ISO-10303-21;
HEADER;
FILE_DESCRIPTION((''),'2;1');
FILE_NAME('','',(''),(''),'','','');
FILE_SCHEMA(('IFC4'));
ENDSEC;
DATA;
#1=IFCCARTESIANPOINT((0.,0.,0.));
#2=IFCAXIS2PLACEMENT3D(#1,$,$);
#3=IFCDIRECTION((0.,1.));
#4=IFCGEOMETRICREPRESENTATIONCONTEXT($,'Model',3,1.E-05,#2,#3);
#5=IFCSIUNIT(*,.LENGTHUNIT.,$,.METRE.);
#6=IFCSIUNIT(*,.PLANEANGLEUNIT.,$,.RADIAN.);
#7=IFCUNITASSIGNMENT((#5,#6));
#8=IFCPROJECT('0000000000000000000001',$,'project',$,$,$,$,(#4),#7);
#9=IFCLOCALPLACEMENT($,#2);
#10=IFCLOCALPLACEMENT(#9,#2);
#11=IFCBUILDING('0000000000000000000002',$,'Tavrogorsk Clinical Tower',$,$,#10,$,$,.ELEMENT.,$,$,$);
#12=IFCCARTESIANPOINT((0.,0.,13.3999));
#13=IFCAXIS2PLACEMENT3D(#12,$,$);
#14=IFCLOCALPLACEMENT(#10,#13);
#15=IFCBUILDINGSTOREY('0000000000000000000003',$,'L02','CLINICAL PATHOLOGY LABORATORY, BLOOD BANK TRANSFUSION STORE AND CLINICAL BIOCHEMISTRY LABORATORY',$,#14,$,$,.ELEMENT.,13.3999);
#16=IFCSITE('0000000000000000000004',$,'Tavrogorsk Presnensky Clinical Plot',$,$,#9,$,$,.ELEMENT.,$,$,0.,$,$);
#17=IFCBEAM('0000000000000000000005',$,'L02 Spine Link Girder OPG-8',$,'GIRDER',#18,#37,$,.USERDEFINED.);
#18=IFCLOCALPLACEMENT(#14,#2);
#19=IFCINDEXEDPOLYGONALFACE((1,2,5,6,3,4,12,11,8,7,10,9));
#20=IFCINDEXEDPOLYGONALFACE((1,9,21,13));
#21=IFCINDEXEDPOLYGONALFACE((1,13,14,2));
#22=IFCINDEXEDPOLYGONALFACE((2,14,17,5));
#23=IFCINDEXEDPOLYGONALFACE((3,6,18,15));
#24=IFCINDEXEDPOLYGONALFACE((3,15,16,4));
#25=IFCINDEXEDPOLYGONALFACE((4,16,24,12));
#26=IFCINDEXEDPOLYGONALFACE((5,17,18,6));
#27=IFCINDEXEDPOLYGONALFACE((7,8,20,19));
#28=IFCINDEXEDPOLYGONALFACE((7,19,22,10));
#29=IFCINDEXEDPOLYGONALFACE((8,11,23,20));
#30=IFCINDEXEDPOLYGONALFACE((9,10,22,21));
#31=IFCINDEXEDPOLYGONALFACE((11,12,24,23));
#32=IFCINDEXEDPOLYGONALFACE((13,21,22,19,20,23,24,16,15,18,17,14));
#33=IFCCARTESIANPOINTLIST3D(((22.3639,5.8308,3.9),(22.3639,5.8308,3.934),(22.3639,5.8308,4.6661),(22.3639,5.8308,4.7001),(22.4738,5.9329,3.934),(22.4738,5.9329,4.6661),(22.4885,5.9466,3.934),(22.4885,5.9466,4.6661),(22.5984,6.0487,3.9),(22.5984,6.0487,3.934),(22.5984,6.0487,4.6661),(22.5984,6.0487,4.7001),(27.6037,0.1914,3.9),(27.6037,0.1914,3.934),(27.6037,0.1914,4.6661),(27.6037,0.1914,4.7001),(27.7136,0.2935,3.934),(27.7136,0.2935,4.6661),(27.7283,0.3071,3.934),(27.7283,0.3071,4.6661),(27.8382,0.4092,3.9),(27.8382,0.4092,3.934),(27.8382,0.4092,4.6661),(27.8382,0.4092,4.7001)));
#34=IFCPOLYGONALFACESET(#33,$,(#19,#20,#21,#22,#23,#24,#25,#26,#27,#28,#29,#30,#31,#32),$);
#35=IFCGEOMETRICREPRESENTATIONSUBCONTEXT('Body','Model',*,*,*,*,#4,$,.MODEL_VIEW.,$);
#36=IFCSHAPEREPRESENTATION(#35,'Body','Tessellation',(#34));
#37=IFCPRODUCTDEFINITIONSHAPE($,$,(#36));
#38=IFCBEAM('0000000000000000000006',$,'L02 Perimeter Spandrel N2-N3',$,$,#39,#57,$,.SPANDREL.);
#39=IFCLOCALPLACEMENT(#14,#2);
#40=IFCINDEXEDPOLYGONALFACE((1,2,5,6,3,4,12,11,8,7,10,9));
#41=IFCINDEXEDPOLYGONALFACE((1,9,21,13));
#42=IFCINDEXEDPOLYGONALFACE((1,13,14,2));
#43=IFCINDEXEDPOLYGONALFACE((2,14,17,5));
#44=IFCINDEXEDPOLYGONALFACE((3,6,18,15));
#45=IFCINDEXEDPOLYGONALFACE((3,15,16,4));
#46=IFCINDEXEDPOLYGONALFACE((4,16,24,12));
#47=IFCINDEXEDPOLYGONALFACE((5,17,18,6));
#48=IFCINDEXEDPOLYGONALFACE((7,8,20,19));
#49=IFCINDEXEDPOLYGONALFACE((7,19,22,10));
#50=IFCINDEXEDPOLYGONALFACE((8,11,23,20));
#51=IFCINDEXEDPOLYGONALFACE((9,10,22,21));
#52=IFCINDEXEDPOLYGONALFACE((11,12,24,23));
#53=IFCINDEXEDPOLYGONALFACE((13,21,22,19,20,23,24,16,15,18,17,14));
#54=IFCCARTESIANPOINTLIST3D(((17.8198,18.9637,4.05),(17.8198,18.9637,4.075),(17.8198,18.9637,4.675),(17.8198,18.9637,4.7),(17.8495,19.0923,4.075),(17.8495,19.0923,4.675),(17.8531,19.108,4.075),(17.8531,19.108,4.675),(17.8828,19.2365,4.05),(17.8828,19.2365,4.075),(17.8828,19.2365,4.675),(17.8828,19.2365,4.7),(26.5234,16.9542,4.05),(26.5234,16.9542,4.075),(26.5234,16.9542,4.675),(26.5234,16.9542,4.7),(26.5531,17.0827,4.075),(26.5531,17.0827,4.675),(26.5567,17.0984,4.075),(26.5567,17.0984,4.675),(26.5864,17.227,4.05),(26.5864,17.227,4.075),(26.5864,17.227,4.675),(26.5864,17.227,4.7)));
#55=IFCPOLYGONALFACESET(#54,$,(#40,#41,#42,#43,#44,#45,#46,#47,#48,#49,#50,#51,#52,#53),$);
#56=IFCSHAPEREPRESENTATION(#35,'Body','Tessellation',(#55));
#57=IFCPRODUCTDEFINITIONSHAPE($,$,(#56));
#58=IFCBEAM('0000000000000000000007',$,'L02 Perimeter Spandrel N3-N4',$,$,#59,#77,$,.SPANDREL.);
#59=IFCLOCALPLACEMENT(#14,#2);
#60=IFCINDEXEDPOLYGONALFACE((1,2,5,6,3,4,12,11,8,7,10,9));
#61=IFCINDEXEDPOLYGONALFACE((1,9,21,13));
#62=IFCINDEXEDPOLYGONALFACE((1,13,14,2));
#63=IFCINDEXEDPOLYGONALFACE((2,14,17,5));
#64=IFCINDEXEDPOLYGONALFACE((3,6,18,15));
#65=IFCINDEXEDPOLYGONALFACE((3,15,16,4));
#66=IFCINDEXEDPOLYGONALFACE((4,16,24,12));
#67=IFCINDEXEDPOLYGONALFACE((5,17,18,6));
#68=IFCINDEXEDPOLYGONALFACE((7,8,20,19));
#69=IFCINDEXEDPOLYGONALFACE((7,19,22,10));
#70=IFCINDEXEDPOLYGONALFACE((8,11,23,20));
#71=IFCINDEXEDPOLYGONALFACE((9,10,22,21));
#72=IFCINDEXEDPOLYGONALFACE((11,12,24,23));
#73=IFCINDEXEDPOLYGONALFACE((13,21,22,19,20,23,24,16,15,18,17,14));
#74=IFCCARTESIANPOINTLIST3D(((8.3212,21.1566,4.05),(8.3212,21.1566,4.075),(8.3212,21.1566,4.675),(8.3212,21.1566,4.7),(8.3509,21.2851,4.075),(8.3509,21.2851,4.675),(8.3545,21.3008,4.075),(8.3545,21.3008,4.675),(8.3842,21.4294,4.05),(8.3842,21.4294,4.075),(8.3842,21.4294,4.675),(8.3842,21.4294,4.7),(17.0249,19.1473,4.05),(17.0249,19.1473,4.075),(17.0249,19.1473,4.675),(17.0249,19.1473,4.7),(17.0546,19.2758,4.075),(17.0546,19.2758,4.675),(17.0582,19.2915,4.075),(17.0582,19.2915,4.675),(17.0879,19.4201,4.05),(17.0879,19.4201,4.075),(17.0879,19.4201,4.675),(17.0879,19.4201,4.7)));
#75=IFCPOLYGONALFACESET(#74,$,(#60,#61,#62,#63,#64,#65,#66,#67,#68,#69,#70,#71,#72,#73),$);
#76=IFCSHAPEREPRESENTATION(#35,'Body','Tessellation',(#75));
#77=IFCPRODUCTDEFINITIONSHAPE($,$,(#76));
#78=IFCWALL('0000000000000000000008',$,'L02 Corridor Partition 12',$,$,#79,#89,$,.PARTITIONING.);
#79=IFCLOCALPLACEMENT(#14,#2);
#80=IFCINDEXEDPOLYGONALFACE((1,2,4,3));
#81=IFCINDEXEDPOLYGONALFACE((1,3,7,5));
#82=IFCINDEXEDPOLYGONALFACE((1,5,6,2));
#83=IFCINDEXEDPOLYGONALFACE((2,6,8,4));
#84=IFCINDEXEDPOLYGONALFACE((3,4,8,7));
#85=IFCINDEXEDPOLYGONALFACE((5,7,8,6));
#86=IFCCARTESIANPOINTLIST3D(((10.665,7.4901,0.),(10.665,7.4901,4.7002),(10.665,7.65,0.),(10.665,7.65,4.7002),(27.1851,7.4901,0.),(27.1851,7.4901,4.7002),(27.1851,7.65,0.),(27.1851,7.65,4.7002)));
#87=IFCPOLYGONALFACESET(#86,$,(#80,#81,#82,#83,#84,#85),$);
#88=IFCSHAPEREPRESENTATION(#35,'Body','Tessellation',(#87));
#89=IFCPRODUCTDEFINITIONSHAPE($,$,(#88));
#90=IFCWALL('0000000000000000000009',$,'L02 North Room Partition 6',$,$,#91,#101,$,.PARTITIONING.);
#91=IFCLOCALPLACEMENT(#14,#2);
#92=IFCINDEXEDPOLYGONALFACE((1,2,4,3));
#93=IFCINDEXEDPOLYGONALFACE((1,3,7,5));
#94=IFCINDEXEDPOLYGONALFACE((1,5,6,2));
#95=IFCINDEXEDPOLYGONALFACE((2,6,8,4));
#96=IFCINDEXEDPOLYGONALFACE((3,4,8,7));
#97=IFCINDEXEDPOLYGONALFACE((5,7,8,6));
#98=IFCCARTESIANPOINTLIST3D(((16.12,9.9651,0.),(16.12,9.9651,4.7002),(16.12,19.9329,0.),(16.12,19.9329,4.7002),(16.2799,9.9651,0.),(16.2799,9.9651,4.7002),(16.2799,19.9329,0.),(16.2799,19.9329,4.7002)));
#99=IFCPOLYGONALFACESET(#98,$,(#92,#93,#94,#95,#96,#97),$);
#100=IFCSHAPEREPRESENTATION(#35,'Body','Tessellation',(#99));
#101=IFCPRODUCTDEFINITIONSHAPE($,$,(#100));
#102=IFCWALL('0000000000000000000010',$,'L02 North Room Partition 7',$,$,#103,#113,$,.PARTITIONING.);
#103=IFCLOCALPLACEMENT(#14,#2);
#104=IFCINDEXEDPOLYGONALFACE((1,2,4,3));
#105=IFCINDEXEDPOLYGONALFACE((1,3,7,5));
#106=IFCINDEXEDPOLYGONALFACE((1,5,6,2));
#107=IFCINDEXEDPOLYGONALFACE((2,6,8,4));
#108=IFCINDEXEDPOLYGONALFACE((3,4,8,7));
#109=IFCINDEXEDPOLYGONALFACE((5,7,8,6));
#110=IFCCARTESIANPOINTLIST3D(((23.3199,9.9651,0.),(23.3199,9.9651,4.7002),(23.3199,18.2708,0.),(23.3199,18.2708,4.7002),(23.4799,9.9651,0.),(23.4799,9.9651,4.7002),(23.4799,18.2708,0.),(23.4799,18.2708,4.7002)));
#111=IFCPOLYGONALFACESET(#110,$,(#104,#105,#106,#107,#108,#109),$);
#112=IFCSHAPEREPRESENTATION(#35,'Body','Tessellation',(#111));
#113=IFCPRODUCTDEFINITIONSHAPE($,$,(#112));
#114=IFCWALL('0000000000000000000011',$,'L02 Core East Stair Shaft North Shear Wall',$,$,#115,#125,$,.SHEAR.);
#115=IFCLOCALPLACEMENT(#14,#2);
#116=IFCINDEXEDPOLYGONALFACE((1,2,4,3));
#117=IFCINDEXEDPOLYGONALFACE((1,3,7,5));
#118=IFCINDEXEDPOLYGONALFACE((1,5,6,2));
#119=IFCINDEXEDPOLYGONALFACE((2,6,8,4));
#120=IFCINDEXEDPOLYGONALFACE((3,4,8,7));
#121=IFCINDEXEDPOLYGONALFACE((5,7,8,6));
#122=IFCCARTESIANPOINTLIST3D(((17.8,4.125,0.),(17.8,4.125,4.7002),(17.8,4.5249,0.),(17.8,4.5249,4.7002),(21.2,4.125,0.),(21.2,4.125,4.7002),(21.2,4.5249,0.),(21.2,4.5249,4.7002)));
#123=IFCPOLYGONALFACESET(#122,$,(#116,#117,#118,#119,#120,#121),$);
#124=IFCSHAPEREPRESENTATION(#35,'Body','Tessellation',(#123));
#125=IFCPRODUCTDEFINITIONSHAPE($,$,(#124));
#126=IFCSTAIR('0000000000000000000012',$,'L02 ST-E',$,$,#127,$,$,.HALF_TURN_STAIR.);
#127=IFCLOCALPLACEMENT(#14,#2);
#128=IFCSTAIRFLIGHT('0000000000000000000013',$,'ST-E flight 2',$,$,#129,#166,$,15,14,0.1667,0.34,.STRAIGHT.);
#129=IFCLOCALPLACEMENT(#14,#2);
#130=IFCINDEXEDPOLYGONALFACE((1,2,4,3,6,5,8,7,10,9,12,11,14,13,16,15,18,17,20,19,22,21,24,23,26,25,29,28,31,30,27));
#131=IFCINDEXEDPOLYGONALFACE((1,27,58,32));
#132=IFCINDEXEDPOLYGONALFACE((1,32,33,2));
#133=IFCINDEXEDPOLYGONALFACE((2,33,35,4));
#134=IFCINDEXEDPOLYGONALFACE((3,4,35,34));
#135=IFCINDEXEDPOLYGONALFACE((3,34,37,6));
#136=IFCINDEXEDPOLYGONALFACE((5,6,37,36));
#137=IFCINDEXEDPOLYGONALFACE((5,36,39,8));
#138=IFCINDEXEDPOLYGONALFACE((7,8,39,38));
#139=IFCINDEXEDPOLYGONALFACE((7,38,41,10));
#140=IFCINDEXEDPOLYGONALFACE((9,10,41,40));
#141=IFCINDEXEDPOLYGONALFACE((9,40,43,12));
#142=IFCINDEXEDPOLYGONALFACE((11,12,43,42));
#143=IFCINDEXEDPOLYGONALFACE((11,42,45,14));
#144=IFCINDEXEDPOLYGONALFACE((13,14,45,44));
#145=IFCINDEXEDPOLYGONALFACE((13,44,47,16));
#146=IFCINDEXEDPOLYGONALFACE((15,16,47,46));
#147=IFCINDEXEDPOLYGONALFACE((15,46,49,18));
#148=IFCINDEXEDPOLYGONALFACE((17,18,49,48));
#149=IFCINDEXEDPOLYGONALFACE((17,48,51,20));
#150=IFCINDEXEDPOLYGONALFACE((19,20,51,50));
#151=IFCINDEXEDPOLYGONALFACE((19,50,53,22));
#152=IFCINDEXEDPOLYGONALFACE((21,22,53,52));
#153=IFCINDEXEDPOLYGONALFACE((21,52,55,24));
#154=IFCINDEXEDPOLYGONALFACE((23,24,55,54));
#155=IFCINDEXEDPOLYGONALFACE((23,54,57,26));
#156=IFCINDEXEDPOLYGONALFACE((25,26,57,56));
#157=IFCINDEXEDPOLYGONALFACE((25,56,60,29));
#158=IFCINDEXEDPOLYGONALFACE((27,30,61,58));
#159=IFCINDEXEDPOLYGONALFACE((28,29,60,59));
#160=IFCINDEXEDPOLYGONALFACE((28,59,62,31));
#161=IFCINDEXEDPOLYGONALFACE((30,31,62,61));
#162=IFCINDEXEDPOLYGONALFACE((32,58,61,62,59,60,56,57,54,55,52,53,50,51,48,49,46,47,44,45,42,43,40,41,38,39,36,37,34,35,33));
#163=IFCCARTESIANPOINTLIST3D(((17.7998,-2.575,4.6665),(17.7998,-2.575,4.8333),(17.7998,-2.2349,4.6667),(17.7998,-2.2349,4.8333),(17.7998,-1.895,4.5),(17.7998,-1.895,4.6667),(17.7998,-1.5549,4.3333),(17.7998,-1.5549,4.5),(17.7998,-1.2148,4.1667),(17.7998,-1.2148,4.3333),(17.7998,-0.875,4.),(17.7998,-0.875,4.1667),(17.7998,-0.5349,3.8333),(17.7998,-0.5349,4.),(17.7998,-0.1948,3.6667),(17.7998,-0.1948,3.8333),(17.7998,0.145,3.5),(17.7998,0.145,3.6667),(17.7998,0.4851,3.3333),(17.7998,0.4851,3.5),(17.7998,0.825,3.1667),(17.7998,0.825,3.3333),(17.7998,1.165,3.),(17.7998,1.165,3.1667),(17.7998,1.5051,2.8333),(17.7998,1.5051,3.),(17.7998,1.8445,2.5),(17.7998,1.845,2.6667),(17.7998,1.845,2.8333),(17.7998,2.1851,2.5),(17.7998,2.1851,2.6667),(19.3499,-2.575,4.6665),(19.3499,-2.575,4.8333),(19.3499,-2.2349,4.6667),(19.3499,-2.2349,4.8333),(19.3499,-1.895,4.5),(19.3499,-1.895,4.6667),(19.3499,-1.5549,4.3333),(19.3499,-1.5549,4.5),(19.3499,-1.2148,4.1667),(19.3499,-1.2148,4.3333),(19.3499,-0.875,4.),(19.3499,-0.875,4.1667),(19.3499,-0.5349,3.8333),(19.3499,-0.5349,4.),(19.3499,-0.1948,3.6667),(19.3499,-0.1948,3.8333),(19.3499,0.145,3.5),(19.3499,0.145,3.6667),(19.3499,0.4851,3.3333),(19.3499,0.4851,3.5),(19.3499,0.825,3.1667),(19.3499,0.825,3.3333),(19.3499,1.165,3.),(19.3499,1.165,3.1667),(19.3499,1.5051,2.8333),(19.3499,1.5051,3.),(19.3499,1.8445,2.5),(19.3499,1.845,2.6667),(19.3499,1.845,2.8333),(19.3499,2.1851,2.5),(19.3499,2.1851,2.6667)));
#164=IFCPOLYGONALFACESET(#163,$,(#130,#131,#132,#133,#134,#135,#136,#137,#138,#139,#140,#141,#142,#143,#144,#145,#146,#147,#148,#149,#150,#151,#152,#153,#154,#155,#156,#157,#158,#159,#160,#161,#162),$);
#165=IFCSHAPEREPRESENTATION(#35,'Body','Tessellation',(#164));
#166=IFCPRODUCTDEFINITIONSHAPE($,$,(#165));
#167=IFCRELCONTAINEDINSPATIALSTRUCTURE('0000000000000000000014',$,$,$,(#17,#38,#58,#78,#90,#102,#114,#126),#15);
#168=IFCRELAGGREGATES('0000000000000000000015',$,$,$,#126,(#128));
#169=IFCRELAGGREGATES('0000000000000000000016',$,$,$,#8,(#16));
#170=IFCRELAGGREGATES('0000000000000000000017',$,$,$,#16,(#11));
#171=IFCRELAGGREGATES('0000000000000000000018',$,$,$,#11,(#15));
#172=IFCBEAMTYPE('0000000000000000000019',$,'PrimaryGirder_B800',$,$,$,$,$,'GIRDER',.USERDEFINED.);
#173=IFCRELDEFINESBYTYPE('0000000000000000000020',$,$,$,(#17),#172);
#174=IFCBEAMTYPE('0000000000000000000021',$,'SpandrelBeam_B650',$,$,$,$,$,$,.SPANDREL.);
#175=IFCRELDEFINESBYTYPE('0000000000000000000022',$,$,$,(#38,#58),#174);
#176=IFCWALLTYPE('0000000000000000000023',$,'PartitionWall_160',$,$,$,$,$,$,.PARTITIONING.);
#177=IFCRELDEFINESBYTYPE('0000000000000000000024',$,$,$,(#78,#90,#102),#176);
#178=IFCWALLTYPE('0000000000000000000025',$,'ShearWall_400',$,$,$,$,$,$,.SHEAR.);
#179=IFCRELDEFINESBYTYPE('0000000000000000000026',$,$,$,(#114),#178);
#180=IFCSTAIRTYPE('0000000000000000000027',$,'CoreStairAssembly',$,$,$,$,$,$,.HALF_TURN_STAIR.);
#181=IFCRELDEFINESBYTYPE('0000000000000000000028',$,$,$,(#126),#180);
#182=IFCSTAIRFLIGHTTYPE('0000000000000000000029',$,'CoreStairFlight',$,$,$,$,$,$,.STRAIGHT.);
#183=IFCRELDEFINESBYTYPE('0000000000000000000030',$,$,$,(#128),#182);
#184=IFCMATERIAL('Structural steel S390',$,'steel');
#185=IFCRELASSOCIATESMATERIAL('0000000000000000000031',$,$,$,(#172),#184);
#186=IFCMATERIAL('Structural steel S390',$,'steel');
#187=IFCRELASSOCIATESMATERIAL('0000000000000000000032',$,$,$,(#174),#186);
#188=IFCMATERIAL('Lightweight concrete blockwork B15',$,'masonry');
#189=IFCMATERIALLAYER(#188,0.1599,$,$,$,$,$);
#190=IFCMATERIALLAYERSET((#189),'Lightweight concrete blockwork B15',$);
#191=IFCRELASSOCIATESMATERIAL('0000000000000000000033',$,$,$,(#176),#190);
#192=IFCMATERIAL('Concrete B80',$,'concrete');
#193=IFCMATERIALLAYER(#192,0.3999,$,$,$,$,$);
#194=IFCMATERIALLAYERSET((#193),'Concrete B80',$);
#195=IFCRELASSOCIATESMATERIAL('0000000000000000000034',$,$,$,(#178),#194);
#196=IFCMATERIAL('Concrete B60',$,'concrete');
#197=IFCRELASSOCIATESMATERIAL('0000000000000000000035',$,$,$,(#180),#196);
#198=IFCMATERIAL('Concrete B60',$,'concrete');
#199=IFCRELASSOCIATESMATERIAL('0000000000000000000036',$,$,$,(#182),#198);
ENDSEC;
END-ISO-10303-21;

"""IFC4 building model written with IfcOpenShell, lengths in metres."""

from ifc_helpers import new_model, si_unit, direction, frame, frame_2d, origin, origin_2d, place, context, subcontext, project, spatial, polyline, rectangle, i_section, outline, extrude, material, layer, layer_set, material_profile, profile_set, type_object, element, aggregate, save


model = new_model("IFC4")

# Units and contexts
model_context = context("Model", 3, precision=1e-05, world=origin(), true_north=direction((0.0, 1.0)))
body_context = subcontext(model_context, "Body", "Model", "MODEL_VIEW")
ifc_project = project(units=[si_unit("LENGTHUNIT", "METRE"), si_unit("PLANEANGLEUNIT", "RADIAN")], contexts=[model_context])

# Site, building, storey
site_placement = place(None, origin())
site = spatial("IfcSite", under=ifc_project, at=site_placement, Name="Tavrogorsk Presnensky Clinical Plot", CompositionType="ELEMENT", RefElevation=0.0)
building_placement = place(site_placement, origin())
building = spatial("IfcBuilding", under=site, at=building_placement, Name="Tavrogorsk Clinical Tower", CompositionType="ELEMENT")
storey_placement = place(building_placement, frame((0.0, 0.0, 13.3999)))
storey = spatial("IfcBuildingStorey", under=building, at=storey_placement, Name="L02", Description="CLINICAL PATHOLOGY LABORATORY, BLOOD BANK TRANSFUSION STORE AND CLINICAL BIOCHEMISTRY LABORATORY", CompositionType="ELEMENT", Elevation=13.3999)

# Beams
ifc_material_1 = material(Name="Structural steel S390", Category="steel")
ifc_material_profile_1 = material_profile(ifc_material_1, i_section(OverallWidth=0.3201, OverallDepth=0.8, WebThickness=0.02, FlangeThickness=0.0339, at=origin_2d()), Name="B-800x320x20x34")
ifc_profile_set_1 = profile_set([ifc_material_profile_1], Name="Structural steel S390")
beam_type_1 = type_object("IfcBeamType", Name="PrimaryGirder_B800", ElementType="GIRDER", PredefinedType="USERDEFINED", material=ifc_profile_set_1)
for number, where, z_axis, x_axis, name in (
    (1, (27.7209, 0.3003, 4.3), (-0.680671, 0.732589, 0.0), (-0.732589, -0.680671, 0.0), "L02 Spine Link Girder OPG-8"),
):
    element("IfcBeam", number, at=place(storey_placement, frame(where, z_axis=z_axis, x_axis=x_axis)), inside=storey, type_object=beam_type_1, Name=name, ObjectType="GIRDER", PredefinedType="USERDEFINED", context=body_context, shape_type="SweptSolid", body=[
        extrude(i_section(OverallWidth=0.3201, OverallDepth=0.8, WebThickness=0.02, FlangeThickness=0.0339, at=origin_2d()), origin(), (0.0, 0.0, 1.0), 7.698),
    ])
ifc_material_2 = material(Name="Structural steel S390", Category="steel")
ifc_material_profile_2 = material_profile(ifc_material_2, i_section(OverallWidth=0.28, OverallDepth=0.6499, WebThickness=0.0161, FlangeThickness=0.0249, at=origin_2d()), Name="B-650x280x16x25")
ifc_profile_set_2 = profile_set([ifc_material_profile_2], Name="Structural steel S390")
beam_type_2 = type_object("IfcBeamType", Name="SpandrelBeam_B650", PredefinedType="SPANDREL", material=ifc_profile_set_2)
for number, where, z_axis, x_axis, name in (
    (2, (26.5549, 17.0906, 4.375), (-0.974367, 0.224965, 0.0), (-0.224965, -0.974367, 0.0), "L02 Perimeter Spandrel N2-N3"),
    (3, (17.0564, 19.2837, 4.375), (-0.974373, 0.224939, 0.0), (-0.224939, -0.974373, 0.0), "L02 Perimeter Spandrel N3-N4"),
):
    element("IfcBeam", number, at=place(storey_placement, frame(where, z_axis=z_axis, x_axis=x_axis)), inside=storey, type_object=beam_type_2, Name=name, PredefinedType="SPANDREL", context=body_context, shape_type="SweptSolid", body=[
        extrude(i_section(OverallWidth=0.28, OverallDepth=0.6499, WebThickness=0.0161, FlangeThickness=0.0249, at=origin_2d()), origin(), (0.0, 0.0, 1.0), 8.9326),
    ])

# Walls
ifc_material_3 = material(Name="Lightweight concrete blockwork B15", Category="masonry")
ifc_layer_1 = layer(ifc_material_3, 0.1599)
ifc_layer_set_1 = layer_set([ifc_layer_1], Name="Lightweight concrete blockwork B15")
wall_type_1 = type_object("IfcWallType", Name="PartitionWall_160", PredefinedType="PARTITIONING", material=ifc_layer_set_1)
wall_1_placement = place(storey_placement, frame((27.1851, 7.5701, 0.0), z_axis=(0.0, 0.0, 1.0), x_axis=(-1.0, 0.0, 0.0)))
element("IfcWall", 4, at=wall_1_placement, inside=storey, type_object=wall_type_1, Name="L02 Corridor Partition 12", PredefinedType="PARTITIONING", context=body_context, shape_type="SweptSolid", body=[
    extrude(rectangle(XDim=16.52, YDim=0.1599, at=frame_2d((8.26, 0.0))), origin(), (0.0, 0.0, 1.0), 4.7002),
])
wall_2_placement = place(storey_placement, frame((16.2, 9.9651, 0.0), z_axis=(0.0, 0.0, 1.0), x_axis=(0.0, 1.0, 0.0)))
element("IfcWall", 5, at=wall_2_placement, inside=storey, type_object=wall_type_1, Name="L02 North Room Partition 6", PredefinedType="PARTITIONING", context=body_context, shape_type="SweptSolid", body=[
    extrude(rectangle(XDim=9.9678, YDim=0.1599, at=frame_2d((4.9839, 0.0))), origin(), (0.0, 0.0, 1.0), 4.7002),
])
wall_3_placement = place(storey_placement, frame((23.3999, 9.9651, 0.0), z_axis=(0.0, 0.0, 1.0), x_axis=(0.0, 1.0, 0.0)))
element("IfcWall", 6, at=wall_3_placement, inside=storey, type_object=wall_type_1, Name="L02 North Room Partition 7", PredefinedType="PARTITIONING", context=body_context, shape_type="SweptSolid", body=[
    extrude(rectangle(XDim=8.3057, YDim=0.1599, at=frame_2d((4.1528, 0.0))), origin(), (0.0, 0.0, 1.0), 4.7002),
])
ifc_material_4 = material(Name="Concrete B80", Category="concrete")
ifc_layer_2 = layer(ifc_material_4, 0.3999)
ifc_layer_set_2 = layer_set([ifc_layer_2], Name="Concrete B80")
wall_type_2 = type_object("IfcWallType", Name="ShearWall_400", PredefinedType="SHEAR", material=ifc_layer_set_2)
wall_4_placement = place(storey_placement, frame((17.8, 4.325, 0.0), z_axis=(0.0, 0.0, 1.0), x_axis=(1.0, 0.0, 0.0)))
element("IfcWall", 7, at=wall_4_placement, inside=storey, type_object=wall_type_2, Name="L02 Core East Stair Shaft North Shear Wall", PredefinedType="SHEAR", context=body_context, shape_type="SweptSolid", body=[
    extrude(rectangle(XDim=3.3999, YDim=0.3999, at=frame_2d((1.7, 0.0))), origin(), (0.0, 0.0, 1.0), 4.7002),
])

# Stair, stair flight
ifc_material_5 = material(Name="Concrete B60", Category="concrete")
stair_type = type_object("IfcStairType", Name="CoreStairAssembly", PredefinedType="HALF_TURN_STAIR", material=ifc_material_5)
stair_placement = place(storey_placement, origin())
stair = element("IfcStair", 8, at=stair_placement, inside=storey, type_object=stair_type, Name="L02 ST-E", PredefinedType="HALF_TURN_STAIR")
ifc_material_6 = material(Name="Concrete B60", Category="concrete")
stair_flight_type = type_object("IfcStairFlightType", Name="CoreStairFlight", PredefinedType="STRAIGHT", material=ifc_material_6)
stair_flight_placement = place(storey_placement, frame((18.575, 2.1851, 2.5), z_axis=(0.0, 0.0, 1.0), x_axis=(0.0, -1.0, 0.0)))
stair_flight = element("IfcStairFlight", 9, at=stair_flight_placement, type_object=stair_flight_type, Name="ST-E flight 2", NumberOfRisers=15, NumberOfTreads=14, PredefinedType="STRAIGHT", RiserHeight=0.1667, TreadLength=0.34, context=body_context, shape_type="SweptSolid", body=[
    extrude(outline(polyline([(0.0, 0.0), (0.0, 0.1667), (0.3401, 0.1667), (0.3401, 0.3333), (0.6799, 0.3333), (0.6799, 0.5), (1.02, 0.5), (1.02, 0.6667), (1.3601, 0.6667), (1.3601, 0.8333), (1.7, 0.8333), (1.7, 1.0), (2.04, 1.0), (2.04, 1.1667), (2.3799, 1.1667), (2.3799, 1.3333), (2.72, 1.3333), (2.72, 1.5), (3.0601, 1.5), (3.0601, 1.6667), (3.3999, 1.6667), (3.3999, 1.8333), (3.74, 1.8333), (3.74, 2.0), (4.0801, 2.0), (4.0801, 2.1667), (4.4199, 2.1667), (4.4199, 2.3333), (4.76, 2.3333), (4.76, 2.5), (4.76, 2.1665), (0.3406, 0.0), (0.0, 0.0)])), frame((0.0, 0.7749, 0.0), z_axis=(0.0, -1.0, 0.0), x_axis=(1.0, 0.0, 0.0)), (0.0, 0.0, 1.0), 1.55),
])
aggregate(stair, [stair_flight])

save(model, "model.ifc")
